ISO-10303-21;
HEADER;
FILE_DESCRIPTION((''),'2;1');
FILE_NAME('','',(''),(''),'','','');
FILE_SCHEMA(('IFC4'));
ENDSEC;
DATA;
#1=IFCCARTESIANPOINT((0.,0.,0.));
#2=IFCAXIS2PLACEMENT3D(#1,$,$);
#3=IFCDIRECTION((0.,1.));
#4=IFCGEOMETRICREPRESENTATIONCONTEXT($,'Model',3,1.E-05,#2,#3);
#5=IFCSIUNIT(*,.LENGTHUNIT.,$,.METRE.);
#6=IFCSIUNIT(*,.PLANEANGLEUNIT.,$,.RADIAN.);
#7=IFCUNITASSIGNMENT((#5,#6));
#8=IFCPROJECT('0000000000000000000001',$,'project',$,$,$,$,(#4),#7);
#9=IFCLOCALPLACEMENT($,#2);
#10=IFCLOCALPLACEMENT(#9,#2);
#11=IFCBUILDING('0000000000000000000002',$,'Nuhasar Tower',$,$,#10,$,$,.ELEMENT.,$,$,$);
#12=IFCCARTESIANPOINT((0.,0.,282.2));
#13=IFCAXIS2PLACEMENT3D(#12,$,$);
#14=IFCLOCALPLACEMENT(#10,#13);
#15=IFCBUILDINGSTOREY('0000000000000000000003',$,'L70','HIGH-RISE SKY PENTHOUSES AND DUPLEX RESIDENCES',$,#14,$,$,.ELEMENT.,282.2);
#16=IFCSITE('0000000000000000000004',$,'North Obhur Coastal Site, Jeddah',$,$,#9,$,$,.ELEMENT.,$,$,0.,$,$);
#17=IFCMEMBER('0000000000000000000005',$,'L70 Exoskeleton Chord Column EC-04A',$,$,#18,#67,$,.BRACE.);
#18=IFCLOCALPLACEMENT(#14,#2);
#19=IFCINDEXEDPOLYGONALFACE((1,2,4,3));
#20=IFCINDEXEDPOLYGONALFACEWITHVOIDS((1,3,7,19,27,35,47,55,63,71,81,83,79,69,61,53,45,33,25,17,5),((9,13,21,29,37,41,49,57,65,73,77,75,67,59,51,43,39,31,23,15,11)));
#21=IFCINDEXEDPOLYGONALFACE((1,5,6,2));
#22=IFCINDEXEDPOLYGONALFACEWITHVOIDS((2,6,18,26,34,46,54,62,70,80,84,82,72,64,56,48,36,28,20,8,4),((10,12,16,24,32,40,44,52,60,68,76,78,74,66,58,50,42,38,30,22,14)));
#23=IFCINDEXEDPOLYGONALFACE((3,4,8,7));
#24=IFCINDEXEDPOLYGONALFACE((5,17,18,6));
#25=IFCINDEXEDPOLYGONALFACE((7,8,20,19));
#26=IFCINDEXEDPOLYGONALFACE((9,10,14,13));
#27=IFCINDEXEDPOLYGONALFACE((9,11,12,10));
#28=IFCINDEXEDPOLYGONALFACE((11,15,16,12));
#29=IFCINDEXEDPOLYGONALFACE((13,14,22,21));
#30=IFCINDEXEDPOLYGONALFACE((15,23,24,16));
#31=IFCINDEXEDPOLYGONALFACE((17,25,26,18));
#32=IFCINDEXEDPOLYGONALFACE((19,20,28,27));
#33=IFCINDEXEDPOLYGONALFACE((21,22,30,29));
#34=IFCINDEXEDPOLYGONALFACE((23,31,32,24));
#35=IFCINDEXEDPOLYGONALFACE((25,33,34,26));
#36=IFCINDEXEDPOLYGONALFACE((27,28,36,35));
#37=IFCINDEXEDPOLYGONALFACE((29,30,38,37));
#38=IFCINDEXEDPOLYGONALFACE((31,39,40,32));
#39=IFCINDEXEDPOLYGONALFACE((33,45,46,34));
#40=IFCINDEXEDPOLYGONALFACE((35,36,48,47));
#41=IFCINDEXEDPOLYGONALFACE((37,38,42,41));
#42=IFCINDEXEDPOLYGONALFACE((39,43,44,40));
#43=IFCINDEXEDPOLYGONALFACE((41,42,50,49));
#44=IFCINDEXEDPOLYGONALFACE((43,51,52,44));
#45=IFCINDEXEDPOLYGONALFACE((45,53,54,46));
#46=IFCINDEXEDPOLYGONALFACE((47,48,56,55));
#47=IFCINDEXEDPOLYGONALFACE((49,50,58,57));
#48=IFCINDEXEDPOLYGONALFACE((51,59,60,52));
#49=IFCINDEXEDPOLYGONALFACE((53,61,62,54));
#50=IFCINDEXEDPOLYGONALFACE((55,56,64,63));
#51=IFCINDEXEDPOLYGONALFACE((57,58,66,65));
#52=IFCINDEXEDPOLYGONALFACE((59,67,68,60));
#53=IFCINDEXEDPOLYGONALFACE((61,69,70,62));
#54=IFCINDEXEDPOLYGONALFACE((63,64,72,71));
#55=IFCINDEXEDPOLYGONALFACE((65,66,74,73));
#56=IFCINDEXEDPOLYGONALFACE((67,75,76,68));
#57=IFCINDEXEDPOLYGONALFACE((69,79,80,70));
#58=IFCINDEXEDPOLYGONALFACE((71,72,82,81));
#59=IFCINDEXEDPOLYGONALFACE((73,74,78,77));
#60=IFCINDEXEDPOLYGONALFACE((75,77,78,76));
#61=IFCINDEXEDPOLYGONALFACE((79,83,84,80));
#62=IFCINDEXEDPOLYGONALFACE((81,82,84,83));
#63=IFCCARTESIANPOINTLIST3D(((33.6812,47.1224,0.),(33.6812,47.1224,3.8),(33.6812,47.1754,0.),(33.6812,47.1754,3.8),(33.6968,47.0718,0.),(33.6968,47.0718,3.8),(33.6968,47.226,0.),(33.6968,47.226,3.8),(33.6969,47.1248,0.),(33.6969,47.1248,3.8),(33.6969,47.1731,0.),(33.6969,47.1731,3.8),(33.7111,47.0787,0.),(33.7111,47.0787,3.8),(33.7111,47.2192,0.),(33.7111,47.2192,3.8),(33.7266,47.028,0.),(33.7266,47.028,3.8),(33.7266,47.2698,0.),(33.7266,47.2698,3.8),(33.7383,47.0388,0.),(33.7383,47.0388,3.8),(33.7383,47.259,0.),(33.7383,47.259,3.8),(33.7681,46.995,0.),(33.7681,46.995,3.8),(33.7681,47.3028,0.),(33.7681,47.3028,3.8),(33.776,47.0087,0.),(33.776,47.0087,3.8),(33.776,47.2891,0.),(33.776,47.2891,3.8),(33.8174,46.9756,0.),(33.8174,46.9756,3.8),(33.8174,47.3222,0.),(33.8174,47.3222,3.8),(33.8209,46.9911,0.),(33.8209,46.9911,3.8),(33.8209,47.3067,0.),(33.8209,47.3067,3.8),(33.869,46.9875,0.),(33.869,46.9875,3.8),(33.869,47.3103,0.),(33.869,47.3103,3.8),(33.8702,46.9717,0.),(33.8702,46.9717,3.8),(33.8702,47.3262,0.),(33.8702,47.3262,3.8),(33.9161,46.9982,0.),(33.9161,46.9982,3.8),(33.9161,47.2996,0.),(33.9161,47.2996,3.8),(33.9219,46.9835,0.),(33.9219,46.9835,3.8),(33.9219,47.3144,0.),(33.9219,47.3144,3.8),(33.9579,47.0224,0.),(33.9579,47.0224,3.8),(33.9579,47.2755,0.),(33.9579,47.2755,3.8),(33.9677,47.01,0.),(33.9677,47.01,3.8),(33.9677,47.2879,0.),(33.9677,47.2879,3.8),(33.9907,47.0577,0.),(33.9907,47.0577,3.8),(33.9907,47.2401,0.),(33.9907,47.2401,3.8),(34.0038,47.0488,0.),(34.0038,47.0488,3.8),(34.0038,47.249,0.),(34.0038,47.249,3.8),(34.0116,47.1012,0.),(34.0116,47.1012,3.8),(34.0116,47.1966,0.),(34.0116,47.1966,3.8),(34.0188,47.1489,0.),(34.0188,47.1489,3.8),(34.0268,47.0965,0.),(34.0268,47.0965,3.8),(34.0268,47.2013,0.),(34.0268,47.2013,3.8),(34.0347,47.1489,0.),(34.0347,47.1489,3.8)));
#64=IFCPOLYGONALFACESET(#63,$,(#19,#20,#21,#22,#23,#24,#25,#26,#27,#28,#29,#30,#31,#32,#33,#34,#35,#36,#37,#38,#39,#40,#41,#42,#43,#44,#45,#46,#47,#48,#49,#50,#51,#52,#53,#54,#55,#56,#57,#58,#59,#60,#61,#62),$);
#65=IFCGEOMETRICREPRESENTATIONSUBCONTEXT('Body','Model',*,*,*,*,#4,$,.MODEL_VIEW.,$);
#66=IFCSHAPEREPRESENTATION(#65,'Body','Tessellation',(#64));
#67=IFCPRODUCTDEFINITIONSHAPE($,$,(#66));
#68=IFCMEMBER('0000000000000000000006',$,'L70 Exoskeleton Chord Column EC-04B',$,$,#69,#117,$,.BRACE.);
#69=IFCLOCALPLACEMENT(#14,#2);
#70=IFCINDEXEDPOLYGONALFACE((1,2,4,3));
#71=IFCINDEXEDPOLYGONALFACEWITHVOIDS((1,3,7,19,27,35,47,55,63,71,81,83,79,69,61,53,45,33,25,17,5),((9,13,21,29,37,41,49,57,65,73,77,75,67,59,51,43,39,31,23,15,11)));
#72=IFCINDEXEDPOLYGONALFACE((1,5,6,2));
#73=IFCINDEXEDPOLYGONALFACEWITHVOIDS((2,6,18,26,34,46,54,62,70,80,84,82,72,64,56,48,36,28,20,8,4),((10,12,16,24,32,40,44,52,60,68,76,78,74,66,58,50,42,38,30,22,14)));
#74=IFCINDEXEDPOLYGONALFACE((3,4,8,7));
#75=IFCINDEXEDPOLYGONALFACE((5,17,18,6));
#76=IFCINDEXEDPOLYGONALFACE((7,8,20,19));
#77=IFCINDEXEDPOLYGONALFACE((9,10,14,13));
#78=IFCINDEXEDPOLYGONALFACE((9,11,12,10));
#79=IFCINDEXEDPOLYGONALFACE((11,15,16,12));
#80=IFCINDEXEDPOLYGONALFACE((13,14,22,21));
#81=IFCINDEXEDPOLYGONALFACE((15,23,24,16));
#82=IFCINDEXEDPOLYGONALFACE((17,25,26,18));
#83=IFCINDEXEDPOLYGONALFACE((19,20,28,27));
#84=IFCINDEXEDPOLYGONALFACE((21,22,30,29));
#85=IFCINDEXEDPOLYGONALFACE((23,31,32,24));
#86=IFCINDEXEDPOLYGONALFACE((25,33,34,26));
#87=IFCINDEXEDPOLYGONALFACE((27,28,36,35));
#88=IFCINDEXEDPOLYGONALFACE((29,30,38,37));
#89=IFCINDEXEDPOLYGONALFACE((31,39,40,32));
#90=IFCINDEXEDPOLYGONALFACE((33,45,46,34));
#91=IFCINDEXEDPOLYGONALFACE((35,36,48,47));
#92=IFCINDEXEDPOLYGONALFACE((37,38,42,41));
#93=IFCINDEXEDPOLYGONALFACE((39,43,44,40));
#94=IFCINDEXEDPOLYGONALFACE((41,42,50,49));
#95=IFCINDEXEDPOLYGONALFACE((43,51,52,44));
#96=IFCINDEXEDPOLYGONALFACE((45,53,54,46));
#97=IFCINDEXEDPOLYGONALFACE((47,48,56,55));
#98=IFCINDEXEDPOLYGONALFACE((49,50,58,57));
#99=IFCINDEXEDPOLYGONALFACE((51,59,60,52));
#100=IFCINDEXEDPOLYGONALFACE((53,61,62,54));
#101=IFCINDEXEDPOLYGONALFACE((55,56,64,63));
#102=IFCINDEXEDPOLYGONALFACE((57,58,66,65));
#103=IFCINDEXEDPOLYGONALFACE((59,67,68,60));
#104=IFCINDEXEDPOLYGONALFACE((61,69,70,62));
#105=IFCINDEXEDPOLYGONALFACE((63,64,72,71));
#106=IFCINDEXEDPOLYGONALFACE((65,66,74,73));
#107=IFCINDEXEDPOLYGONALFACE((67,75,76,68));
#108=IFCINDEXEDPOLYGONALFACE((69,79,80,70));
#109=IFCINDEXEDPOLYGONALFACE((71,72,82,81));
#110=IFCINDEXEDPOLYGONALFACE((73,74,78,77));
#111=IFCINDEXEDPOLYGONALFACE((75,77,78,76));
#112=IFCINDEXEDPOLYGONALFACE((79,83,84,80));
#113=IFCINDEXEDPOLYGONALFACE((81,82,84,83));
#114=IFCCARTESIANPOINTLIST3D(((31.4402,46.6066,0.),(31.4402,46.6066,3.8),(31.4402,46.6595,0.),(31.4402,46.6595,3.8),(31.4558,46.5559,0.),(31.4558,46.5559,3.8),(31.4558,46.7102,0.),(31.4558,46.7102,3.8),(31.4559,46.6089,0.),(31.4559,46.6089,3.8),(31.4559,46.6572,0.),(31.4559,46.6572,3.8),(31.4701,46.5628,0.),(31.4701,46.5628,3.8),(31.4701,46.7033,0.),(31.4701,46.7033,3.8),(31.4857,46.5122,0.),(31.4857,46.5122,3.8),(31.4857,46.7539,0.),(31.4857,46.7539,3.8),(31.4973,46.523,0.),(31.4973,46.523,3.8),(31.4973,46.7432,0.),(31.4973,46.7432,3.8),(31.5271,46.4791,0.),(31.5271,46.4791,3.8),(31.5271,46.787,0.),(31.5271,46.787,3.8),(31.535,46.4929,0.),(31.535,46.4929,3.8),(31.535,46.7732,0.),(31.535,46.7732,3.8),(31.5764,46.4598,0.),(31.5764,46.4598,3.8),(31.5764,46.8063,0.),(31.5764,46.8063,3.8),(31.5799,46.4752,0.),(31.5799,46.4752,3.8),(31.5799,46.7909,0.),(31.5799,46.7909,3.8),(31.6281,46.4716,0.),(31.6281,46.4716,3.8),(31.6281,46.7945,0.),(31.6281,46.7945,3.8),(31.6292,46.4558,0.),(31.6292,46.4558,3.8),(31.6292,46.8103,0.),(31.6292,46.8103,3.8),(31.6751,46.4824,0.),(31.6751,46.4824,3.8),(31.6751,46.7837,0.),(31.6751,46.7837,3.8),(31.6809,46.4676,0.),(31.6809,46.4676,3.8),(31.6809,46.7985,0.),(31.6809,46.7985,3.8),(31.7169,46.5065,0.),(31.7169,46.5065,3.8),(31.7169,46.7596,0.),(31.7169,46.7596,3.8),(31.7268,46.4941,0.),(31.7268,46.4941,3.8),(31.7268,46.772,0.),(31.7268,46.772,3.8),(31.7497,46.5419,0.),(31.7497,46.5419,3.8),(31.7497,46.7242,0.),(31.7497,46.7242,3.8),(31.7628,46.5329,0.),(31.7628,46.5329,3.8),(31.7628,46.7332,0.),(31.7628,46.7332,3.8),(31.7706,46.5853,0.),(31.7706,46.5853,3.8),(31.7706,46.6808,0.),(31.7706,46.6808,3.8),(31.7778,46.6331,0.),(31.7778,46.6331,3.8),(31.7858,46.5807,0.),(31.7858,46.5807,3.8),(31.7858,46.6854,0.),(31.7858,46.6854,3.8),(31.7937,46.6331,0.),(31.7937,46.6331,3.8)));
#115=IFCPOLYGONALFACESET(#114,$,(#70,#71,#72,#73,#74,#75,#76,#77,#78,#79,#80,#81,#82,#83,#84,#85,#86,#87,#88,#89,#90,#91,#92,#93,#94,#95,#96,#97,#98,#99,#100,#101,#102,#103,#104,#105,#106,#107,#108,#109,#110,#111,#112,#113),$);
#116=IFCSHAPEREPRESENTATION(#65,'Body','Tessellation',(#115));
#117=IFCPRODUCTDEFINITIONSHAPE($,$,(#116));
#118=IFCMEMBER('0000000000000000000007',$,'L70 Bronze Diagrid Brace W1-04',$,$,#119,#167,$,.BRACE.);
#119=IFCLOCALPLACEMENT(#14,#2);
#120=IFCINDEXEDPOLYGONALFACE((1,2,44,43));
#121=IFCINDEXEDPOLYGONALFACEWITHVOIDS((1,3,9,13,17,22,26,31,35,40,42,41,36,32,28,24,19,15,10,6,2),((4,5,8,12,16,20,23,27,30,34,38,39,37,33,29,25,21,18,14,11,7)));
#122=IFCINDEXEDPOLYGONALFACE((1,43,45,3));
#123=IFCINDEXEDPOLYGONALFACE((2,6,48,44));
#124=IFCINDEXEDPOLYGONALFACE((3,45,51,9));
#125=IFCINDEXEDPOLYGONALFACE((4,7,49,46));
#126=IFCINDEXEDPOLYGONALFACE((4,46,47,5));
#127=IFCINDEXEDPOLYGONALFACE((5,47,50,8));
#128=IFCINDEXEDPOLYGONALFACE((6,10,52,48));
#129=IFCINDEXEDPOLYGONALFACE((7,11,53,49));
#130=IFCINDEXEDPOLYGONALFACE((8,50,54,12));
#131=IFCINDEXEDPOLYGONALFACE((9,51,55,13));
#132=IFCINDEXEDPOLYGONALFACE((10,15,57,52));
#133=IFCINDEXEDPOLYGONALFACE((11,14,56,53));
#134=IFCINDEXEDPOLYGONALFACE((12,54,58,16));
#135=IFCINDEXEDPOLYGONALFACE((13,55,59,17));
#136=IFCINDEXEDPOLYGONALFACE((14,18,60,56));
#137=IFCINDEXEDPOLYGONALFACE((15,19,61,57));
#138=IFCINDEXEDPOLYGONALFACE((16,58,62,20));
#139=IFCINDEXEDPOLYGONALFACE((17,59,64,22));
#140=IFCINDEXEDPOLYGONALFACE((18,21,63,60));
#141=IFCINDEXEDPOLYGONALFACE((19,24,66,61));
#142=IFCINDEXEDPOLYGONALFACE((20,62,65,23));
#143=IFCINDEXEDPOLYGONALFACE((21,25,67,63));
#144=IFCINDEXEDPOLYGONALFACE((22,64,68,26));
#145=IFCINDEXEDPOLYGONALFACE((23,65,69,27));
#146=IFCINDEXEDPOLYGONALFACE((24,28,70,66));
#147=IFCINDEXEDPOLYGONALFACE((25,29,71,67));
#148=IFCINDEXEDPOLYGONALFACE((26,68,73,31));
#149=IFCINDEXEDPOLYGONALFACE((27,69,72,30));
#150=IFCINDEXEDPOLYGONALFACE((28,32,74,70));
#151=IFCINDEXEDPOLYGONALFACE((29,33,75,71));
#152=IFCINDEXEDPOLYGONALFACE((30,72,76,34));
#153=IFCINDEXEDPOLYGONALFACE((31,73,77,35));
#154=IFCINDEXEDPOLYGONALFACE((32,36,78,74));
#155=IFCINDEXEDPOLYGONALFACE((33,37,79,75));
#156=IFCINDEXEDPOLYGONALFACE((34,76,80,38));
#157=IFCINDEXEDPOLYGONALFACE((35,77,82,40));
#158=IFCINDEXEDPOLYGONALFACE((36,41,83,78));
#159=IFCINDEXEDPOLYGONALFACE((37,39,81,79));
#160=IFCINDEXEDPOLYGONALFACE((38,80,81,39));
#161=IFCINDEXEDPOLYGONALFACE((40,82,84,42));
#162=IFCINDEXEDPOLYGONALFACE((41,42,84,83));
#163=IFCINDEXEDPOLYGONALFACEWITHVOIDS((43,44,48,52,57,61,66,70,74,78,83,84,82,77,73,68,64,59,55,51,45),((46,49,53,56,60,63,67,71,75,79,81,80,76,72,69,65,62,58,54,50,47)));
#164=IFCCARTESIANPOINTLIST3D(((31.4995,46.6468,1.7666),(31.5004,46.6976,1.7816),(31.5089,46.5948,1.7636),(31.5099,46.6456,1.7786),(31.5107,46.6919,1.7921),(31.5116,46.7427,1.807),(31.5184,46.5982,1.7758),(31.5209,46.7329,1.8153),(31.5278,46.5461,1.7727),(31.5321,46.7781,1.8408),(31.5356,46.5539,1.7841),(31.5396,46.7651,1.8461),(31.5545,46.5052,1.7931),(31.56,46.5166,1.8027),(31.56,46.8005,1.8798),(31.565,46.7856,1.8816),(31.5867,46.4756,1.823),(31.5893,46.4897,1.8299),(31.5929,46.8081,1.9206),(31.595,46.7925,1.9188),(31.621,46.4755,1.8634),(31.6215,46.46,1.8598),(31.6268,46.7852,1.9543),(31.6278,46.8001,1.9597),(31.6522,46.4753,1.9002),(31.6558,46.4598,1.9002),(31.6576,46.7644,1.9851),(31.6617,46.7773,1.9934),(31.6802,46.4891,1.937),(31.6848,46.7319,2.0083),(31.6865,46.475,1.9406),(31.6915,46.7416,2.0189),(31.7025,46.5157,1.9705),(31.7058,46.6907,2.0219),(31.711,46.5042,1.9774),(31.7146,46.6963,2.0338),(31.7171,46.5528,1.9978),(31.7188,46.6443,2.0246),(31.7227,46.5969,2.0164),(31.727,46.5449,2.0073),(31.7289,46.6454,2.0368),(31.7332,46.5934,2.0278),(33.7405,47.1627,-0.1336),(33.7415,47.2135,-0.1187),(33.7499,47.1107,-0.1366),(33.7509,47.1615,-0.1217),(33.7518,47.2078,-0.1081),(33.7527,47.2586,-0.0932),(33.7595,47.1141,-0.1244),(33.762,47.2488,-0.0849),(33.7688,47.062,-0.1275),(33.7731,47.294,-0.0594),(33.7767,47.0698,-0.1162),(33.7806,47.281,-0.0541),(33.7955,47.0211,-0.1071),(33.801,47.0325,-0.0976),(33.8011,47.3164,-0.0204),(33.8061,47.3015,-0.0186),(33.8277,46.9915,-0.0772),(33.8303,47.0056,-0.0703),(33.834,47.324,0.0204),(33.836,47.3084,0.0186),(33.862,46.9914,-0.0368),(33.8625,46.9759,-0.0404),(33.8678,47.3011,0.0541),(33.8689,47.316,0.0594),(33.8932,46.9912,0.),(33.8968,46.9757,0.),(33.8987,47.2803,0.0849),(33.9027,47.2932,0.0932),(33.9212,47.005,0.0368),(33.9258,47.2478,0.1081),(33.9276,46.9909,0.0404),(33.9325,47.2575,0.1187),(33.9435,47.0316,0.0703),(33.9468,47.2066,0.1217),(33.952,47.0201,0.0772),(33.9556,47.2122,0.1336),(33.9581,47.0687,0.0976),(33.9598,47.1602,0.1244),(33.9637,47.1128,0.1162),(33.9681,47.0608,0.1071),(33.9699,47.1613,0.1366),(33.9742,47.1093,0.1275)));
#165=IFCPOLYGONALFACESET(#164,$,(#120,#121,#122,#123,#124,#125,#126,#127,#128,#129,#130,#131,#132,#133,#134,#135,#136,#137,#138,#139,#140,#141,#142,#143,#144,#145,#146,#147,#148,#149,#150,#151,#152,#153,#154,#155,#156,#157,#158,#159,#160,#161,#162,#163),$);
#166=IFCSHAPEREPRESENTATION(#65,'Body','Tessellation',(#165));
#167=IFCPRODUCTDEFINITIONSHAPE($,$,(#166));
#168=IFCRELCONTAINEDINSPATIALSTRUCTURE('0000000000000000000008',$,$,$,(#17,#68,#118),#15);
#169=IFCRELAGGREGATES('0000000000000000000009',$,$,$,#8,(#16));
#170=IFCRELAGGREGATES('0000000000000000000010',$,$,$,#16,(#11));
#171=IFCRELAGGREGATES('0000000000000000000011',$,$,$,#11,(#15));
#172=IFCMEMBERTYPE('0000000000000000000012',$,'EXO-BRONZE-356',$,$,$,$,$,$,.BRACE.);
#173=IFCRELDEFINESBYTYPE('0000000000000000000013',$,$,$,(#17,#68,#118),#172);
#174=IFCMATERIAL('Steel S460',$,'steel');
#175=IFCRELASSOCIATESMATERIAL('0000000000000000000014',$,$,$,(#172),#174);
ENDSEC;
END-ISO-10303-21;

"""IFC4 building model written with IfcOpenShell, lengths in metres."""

from ifc_helpers import new_model, si_unit, direction, frame, origin, origin_2d, place, context, subcontext, project, spatial, hollow_circle, extrude, material, material_profile, profile_set, type_object, element, save


model = new_model("IFC4")

# Units and contexts
model_context = context("Model", 3, precision=1e-05, world=origin(), true_north=direction((0.0, 1.0)))
body_context = subcontext(model_context, "Body", "Model", "MODEL_VIEW")
ifc_project = project(units=[si_unit("LENGTHUNIT", "METRE"), si_unit("PLANEANGLEUNIT", "RADIAN")], contexts=[model_context])

# Site, building, storey
site_placement = place(None, origin())
site = spatial("IfcSite", under=ifc_project, at=site_placement, Name="North Obhur Coastal Site, Jeddah", CompositionType="ELEMENT", RefElevation=0.0)
building_placement = place(site_placement, origin())
building = spatial("IfcBuilding", under=site, at=building_placement, Name="Nuhasar Tower", CompositionType="ELEMENT")
storey_placement = place(building_placement, frame((0.0, 0.0, 282.2)))
storey = spatial("IfcBuildingStorey", under=building, at=storey_placement, Name="L70", Description="HIGH-RISE SKY PENTHOUSES AND DUPLEX RESIDENCES", CompositionType="ELEMENT", Elevation=282.2)

# Members
ifc_material_1 = material(Name="Steel S460", Category="steel")
ifc_material_profile_1 = material_profile(ifc_material_1, hollow_circle(Radius=0.1777, WallThickness=0.0159, at=origin_2d()), Name="HSS355.6X15.9")
ifc_profile_set_1 = profile_set([ifc_material_profile_1], Name="Steel S460")
member_type = type_object("IfcMemberType", Name="EXO-BRONZE-356", PredefinedType="BRACE", material=ifc_profile_set_1)
for number, where, z_axis, x_axis, name in (
    (1, (33.8569, 47.1489, 0.0), (0.0, 0.0, 1.0), (1.0, 0.0, 0.0), "L70 Exoskeleton Chord Column EC-04A"),
    (2, (31.616, 46.6331, 0.0), (0.0, 0.0, 1.0), (1.0, 0.0, 0.0), "L70 Exoskeleton Chord Column EC-04B"),
):
    element("IfcMember", number, at=place(storey_placement, frame(where, z_axis=z_axis, x_axis=x_axis)), inside=storey, type_object=member_type, Name=name, PredefinedType="BRACE", context=body_context, shape_type="SweptSolid", body=[
        extrude(hollow_circle(Radius=0.1777, WallThickness=0.0159, at=origin_2d()), origin(), (0.0, 0.0, 1.0), 3.8),
    ])
member_1_placement = place(storey_placement, frame((33.8569, 47.1489, 0.0), z_axis=(-0.751232, -0.172933, 0.63698), x_axis=(0.224332, -0.974513, 0.0)))
element("IfcMember", 3, at=member_1_placement, inside=storey, type_object=member_type, Name="L70 Bronze Diagrid Brace W1-04", PredefinedType="BRACE", context=body_context, shape_type="SweptSolid", body=[
    extrude(hollow_circle(Radius=0.1777, WallThickness=0.0159, at=origin_2d()), origin(), (0.0, 0.0, 1.0), 2.9832),
])

save(model, "model.ifc")
